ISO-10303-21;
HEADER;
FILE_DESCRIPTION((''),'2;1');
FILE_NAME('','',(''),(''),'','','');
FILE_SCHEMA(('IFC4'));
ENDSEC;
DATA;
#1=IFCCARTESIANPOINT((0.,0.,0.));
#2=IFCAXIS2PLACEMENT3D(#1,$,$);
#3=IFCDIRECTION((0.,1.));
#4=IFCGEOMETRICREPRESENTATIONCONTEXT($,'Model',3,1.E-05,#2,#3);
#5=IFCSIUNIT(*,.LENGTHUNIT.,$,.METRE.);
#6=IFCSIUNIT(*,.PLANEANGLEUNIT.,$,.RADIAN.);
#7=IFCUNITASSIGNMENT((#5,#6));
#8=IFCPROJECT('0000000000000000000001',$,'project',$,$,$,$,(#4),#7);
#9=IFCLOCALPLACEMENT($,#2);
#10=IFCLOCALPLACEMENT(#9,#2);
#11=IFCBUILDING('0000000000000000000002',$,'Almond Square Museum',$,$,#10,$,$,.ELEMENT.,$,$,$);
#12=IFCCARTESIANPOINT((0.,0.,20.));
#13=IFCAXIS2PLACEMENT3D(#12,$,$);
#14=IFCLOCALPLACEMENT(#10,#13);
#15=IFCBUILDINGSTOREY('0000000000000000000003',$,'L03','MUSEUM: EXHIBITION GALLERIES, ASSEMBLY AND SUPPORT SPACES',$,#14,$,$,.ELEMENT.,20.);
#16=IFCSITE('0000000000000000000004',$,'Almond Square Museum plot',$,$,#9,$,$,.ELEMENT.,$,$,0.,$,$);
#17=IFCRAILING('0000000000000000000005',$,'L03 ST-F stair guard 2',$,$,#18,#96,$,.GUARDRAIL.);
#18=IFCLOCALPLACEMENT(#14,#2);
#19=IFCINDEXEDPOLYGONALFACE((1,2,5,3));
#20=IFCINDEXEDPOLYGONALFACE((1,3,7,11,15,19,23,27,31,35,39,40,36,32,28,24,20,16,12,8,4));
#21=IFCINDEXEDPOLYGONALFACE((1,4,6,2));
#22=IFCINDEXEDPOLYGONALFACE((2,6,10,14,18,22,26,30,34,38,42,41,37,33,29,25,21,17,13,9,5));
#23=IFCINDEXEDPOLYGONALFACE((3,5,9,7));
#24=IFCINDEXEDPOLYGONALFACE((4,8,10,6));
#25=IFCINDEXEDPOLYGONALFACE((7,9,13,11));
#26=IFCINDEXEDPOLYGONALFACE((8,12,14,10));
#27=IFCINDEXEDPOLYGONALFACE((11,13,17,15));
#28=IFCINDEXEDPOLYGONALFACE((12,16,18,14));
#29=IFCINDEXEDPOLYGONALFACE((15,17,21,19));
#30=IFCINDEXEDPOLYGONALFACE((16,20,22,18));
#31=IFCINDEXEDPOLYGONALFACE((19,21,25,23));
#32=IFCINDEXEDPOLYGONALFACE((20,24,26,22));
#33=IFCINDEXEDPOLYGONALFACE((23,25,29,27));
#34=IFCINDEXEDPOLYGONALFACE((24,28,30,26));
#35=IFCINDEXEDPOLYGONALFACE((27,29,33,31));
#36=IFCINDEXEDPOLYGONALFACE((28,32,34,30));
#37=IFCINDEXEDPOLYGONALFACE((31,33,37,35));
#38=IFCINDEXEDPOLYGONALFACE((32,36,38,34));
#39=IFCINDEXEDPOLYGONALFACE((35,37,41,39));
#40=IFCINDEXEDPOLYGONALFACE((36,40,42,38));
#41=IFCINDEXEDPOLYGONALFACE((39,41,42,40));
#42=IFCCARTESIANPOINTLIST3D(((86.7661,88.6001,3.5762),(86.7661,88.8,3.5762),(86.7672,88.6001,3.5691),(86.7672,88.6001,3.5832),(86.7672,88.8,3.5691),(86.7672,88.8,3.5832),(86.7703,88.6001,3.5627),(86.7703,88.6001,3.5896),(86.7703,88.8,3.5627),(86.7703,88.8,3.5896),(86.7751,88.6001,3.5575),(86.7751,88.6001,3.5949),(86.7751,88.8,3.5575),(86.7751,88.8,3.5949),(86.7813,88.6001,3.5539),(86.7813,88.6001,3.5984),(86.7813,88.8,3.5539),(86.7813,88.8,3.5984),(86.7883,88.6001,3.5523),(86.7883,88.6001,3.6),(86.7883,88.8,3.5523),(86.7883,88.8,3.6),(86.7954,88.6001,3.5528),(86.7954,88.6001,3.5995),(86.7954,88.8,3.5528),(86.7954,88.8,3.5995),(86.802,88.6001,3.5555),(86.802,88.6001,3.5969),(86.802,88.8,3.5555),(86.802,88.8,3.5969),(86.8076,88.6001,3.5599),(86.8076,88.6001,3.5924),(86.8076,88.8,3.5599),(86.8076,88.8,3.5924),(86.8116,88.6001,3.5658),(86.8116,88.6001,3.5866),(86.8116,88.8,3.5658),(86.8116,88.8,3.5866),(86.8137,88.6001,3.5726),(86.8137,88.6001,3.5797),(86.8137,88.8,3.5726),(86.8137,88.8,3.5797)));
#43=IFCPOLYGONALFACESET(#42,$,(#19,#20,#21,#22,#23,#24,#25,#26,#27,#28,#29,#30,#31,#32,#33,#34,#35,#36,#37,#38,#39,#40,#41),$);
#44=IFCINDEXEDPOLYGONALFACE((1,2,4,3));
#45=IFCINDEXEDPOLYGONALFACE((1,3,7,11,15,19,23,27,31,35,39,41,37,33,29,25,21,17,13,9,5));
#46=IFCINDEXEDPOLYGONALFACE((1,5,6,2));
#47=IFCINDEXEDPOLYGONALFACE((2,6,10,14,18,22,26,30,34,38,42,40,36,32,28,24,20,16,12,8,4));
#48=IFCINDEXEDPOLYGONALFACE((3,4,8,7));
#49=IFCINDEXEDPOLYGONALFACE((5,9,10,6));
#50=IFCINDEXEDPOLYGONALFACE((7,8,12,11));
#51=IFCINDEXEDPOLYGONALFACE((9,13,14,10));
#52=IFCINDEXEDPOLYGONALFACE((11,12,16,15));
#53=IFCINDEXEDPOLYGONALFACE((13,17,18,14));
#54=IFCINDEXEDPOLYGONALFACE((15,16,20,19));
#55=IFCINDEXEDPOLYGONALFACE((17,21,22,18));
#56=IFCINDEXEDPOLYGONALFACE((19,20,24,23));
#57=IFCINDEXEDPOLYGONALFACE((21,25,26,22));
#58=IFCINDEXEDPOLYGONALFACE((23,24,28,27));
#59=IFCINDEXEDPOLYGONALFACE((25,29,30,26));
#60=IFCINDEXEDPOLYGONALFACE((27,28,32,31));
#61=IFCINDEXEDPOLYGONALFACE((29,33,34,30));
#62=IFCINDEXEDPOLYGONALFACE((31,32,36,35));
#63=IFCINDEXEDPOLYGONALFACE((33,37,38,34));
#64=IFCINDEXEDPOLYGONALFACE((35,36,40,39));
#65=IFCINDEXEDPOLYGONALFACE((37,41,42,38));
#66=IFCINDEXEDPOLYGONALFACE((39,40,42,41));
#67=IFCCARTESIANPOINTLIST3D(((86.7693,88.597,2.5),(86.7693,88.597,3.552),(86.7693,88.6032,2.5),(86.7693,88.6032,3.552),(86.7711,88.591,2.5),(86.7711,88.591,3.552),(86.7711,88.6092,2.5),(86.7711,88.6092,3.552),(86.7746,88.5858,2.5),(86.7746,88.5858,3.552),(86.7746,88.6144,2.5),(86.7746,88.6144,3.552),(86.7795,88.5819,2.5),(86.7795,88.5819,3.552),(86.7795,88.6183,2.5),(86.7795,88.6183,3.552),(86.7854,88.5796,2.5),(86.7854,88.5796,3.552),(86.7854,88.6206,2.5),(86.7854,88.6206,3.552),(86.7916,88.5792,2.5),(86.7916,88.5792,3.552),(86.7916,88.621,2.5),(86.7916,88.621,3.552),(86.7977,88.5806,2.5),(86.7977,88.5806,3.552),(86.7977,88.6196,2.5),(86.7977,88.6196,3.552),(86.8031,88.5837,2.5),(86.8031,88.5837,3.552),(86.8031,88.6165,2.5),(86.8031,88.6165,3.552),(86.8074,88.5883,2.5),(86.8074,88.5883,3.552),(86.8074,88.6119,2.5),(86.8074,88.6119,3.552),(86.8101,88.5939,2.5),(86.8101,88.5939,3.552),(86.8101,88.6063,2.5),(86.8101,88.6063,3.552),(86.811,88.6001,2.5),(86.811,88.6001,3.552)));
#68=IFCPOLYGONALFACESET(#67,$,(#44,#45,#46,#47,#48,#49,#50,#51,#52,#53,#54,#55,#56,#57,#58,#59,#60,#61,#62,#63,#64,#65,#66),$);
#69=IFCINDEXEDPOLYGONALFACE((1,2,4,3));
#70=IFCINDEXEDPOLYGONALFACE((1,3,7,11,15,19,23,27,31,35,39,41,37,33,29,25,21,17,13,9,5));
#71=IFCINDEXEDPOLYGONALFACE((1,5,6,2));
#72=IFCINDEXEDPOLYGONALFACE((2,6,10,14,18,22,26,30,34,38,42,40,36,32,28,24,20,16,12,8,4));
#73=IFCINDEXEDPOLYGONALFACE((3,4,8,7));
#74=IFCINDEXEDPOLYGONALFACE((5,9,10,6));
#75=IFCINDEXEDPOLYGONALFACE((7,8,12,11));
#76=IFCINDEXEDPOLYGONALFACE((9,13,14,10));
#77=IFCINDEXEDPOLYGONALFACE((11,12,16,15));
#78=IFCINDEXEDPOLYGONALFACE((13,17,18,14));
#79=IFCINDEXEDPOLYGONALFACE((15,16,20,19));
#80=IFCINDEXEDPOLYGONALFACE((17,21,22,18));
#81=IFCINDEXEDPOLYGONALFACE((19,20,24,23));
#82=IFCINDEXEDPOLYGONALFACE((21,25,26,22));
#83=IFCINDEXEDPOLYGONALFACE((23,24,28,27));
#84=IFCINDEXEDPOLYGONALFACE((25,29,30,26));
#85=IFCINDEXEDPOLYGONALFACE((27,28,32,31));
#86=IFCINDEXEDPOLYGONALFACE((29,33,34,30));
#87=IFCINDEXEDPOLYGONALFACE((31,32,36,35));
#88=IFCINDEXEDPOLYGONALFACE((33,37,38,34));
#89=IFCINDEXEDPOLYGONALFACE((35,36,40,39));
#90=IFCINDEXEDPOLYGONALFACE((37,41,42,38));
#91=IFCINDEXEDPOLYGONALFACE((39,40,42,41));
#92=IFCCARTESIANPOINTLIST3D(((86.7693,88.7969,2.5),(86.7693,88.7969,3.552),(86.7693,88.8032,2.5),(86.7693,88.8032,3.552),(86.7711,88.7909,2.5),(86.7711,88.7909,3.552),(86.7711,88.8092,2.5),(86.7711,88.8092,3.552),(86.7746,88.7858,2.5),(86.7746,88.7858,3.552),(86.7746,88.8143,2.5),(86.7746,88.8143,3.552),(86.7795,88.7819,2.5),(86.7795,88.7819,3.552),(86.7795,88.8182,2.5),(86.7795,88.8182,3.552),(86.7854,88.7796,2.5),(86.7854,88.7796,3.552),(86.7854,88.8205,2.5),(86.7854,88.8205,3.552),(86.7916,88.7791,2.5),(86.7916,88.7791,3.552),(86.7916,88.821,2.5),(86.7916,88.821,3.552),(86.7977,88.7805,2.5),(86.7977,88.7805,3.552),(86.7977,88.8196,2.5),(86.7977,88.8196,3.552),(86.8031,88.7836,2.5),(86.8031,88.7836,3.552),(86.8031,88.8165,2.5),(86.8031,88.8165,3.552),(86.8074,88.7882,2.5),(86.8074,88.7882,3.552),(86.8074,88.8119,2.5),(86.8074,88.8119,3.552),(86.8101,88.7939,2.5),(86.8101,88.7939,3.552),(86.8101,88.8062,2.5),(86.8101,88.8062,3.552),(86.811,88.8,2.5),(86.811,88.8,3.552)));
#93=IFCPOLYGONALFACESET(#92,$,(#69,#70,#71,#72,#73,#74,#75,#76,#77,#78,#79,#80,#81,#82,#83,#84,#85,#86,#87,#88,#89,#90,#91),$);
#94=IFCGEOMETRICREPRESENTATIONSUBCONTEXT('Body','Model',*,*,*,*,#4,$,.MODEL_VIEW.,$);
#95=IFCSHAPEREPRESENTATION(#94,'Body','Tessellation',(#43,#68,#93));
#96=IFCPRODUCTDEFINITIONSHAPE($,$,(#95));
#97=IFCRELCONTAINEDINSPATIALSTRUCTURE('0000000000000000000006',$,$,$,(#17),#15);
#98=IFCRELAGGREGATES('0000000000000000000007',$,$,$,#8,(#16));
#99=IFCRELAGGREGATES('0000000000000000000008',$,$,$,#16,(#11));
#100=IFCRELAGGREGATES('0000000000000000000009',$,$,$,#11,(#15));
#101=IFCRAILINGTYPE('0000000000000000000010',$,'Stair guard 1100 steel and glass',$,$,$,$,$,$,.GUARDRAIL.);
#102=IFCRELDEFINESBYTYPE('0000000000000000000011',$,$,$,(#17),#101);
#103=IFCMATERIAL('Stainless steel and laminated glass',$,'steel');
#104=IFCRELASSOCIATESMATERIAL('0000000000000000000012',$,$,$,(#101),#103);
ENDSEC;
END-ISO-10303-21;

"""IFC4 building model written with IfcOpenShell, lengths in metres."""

from ifc_helpers import new_model, si_unit, direction, frame, origin, origin_2d, place, context, subcontext, project, spatial, circle, extrude, material, type_object, element, save


model = new_model("IFC4")

# Units and contexts
model_context = context("Model", 3, precision=1e-05, world=origin(), true_north=direction((0.0, 1.0)))
body_context = subcontext(model_context, "Body", "Model", "MODEL_VIEW")
ifc_project = project(units=[si_unit("LENGTHUNIT", "METRE"), si_unit("PLANEANGLEUNIT", "RADIAN")], contexts=[model_context])

# Site, building, storey
site_placement = place(None, origin())
site = spatial("IfcSite", under=ifc_project, at=site_placement, Name="Almond Square Museum plot", CompositionType="ELEMENT", RefElevation=0.0)
building_placement = place(site_placement, origin())
building = spatial("IfcBuilding", under=site, at=building_placement, Name="Almond Square Museum", CompositionType="ELEMENT")
storey_placement = place(building_placement, frame((0.0, 0.0, 20.0)))
storey = spatial("IfcBuildingStorey", under=building, at=storey_placement, Name="L03", Description="MUSEUM: EXHIBITION GALLERIES, ASSEMBLY AND SUPPORT SPACES", CompositionType="ELEMENT", Elevation=20.0)

# Railing
ifc_material_1 = material(Name="Stainless steel and laminated glass", Category="steel")
railing_type_1 = type_object("IfcRailingType", Name="Stair guard 1100 steel and glass", PredefinedType="GUARDRAIL", material=ifc_material_1)
railing_1_placement = place(storey_placement, frame((86.79, 88.6001, 2.5)))
element("IfcRailing", 1, at=railing_1_placement, inside=storey, type_object=railing_type_1, Name="L03 ST-F stair guard 2", PredefinedType="GUARDRAIL", context=body_context, shape_type="SweptSolid", body=[
    extrude(circle(Radius=0.0239, at=origin_2d()), frame((0.0, 0.0, 1.0762), z_axis=(0.0, 1.0, 0.0), x_axis=(-1.0, 0.0, 0.0)), (0.0, 0.0, 1.0), 0.2),
    extrude(circle(Radius=0.021, at=origin_2d()), origin(), (0.0, 0.0, 1.0), 1.052),
    extrude(circle(Radius=0.021, at=origin_2d()), frame((0.0, 0.2, 0.0)), (0.0, 0.0, 1.0), 1.052),
])

save(model, "model.ifc")
